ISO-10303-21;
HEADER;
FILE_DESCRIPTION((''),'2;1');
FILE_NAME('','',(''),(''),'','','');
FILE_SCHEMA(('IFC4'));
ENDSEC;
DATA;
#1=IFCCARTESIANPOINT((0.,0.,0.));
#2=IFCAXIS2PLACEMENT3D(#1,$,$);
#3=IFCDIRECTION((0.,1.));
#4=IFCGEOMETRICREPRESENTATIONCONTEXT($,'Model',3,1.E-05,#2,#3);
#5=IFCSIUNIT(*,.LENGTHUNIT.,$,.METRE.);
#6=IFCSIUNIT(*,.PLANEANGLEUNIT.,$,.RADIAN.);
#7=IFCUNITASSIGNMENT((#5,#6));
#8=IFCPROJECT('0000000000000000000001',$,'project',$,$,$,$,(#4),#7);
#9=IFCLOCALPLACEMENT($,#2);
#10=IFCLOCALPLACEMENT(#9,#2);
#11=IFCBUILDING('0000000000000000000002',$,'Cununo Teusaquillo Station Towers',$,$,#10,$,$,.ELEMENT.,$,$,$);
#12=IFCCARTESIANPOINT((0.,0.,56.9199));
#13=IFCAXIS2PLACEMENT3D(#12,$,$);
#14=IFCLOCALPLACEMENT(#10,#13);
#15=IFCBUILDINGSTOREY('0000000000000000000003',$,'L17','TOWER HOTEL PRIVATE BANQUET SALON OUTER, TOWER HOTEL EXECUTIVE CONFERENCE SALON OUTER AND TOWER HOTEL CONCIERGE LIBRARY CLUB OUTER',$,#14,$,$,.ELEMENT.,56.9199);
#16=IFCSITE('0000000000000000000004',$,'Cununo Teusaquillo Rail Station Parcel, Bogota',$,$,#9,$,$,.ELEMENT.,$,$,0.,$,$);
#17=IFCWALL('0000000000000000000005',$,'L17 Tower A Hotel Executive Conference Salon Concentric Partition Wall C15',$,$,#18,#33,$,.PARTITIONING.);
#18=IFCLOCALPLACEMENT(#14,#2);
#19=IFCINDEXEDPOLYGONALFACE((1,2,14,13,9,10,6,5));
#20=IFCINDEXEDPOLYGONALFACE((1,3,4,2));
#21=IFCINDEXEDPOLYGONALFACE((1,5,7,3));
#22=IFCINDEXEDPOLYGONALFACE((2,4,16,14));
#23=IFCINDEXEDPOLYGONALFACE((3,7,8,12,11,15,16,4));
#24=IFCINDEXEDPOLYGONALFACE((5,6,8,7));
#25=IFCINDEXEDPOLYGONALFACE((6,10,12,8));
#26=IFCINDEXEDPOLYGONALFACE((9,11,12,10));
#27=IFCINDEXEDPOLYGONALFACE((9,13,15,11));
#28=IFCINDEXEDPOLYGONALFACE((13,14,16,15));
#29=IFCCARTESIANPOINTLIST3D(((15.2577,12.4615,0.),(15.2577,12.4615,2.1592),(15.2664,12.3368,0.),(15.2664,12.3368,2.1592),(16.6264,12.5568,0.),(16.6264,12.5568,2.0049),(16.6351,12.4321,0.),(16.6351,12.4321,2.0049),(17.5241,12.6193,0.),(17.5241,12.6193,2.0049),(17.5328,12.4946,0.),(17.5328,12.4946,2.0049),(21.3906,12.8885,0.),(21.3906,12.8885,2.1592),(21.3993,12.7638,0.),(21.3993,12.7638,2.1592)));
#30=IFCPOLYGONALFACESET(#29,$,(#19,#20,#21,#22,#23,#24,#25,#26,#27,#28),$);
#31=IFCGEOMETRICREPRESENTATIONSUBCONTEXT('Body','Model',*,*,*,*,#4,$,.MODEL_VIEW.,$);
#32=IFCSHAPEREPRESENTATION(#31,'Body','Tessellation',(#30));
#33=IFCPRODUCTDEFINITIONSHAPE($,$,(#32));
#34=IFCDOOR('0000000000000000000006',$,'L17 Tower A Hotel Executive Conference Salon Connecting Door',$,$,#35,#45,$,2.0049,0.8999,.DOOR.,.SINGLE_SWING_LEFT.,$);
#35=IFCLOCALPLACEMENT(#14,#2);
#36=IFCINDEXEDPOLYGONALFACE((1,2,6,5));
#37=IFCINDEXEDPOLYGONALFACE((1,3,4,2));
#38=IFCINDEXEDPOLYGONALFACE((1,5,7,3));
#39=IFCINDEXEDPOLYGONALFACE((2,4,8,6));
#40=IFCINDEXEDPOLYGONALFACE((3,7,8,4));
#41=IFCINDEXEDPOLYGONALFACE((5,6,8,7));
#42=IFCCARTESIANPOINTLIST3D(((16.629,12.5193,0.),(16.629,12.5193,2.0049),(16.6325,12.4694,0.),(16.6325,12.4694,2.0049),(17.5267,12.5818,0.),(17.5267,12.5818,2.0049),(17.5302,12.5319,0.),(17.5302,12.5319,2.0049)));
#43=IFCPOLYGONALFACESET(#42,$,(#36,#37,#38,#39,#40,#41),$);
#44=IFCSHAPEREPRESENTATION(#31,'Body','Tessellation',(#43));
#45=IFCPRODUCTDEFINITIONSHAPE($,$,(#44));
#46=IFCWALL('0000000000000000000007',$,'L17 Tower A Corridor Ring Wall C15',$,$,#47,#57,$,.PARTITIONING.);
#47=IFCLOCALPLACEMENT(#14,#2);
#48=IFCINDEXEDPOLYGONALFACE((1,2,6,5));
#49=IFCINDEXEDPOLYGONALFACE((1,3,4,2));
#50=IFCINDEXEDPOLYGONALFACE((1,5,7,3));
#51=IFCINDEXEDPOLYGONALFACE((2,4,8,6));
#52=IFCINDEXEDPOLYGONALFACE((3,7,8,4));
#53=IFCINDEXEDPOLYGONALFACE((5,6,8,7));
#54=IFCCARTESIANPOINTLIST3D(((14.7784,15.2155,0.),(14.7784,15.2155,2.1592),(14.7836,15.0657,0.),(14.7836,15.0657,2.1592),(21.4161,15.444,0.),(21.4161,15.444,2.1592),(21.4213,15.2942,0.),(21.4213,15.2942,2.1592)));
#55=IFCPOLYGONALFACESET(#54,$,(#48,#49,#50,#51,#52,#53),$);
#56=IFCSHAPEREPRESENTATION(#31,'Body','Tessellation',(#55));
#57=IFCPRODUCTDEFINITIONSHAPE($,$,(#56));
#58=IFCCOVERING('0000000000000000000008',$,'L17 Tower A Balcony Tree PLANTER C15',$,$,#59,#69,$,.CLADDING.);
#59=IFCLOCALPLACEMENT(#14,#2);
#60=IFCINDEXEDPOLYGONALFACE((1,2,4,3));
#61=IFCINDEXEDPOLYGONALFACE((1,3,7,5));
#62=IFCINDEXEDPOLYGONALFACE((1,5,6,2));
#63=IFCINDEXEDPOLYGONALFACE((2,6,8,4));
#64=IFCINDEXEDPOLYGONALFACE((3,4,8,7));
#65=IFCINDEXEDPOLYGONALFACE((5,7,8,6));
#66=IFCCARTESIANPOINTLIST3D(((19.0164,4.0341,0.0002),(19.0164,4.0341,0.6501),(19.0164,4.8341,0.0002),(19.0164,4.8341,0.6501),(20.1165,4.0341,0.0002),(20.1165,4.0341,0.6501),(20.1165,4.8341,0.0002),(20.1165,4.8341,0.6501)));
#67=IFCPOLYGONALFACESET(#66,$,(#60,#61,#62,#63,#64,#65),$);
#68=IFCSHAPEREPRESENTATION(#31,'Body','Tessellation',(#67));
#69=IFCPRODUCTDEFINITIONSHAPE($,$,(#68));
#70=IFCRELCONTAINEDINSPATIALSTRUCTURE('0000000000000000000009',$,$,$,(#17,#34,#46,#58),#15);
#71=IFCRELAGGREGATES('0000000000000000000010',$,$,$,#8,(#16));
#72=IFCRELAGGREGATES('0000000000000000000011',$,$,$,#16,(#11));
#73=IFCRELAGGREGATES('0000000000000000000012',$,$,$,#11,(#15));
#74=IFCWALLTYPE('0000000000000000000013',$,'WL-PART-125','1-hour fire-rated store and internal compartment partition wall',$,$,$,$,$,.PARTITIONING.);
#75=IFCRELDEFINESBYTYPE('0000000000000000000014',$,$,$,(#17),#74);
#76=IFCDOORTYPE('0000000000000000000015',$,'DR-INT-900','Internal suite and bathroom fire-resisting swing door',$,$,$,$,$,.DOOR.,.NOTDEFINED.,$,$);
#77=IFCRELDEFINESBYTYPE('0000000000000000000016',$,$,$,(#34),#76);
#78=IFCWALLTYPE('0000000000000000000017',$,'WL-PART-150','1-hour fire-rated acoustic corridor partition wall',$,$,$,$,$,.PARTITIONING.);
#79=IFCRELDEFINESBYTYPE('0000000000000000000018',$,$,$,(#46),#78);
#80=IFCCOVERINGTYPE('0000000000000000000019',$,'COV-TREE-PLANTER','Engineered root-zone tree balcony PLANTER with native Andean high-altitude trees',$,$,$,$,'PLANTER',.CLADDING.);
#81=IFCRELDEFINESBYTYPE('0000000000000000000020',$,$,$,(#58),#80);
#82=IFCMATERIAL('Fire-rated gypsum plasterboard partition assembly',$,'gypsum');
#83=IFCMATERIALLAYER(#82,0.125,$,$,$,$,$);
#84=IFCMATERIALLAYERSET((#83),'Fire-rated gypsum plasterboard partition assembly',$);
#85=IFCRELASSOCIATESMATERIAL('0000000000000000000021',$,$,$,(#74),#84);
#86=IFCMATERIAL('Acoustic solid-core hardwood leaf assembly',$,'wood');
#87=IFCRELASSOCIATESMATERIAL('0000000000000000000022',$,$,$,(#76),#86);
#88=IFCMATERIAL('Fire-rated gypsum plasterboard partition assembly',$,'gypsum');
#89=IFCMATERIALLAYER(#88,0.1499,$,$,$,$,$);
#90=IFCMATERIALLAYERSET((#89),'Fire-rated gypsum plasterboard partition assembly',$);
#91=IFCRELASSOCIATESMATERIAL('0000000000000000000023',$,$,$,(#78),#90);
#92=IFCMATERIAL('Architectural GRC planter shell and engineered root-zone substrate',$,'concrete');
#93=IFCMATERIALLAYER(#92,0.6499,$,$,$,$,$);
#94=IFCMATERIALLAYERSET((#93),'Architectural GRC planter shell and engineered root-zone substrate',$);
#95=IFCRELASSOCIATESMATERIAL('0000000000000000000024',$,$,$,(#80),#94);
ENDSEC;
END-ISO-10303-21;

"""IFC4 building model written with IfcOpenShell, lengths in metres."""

from ifc_helpers import new_model, si_unit, direction, frame, frame_2d, origin, origin_2d, place, context, subcontext, project, spatial, rectangle, extrude, source, transform, mapped, material, layer, layer_set, type_object, element, fill, save


model = new_model("IFC4")

# Units and contexts
model_context = context("Model", 3, precision=1e-05, world=origin(), true_north=direction((0.0, 1.0)))
body_context = subcontext(model_context, "Body", "Model", "MODEL_VIEW")
ifc_project = project(units=[si_unit("LENGTHUNIT", "METRE"), si_unit("PLANEANGLEUNIT", "RADIAN")], contexts=[model_context])

# Site, building, storey
site_placement = place(None, origin())
site = spatial("IfcSite", under=ifc_project, at=site_placement, Name="Cununo Teusaquillo Rail Station Parcel, Bogota", CompositionType="ELEMENT", RefElevation=0.0)
building_placement = place(site_placement, origin())
building = spatial("IfcBuilding", under=site, at=building_placement, Name="Cununo Teusaquillo Station Towers", CompositionType="ELEMENT")
storey_placement = place(building_placement, frame((0.0, 0.0, 56.9199)))
storey = spatial("IfcBuildingStorey", under=building, at=storey_placement, Name="L17", Description="TOWER HOTEL PRIVATE BANQUET SALON OUTER, TOWER HOTEL EXECUTIVE CONFERENCE SALON OUTER AND TOWER HOTEL CONCIERGE LIBRARY CLUB OUTER", CompositionType="ELEMENT", Elevation=56.9199)

# Wall, opening, door
ifc_material_1 = material(Name="Fire-rated gypsum plasterboard partition assembly", Category="gypsum")
ifc_layer_1 = layer(ifc_material_1, 0.125)
ifc_layer_set_1 = layer_set([ifc_layer_1], Name="Fire-rated gypsum plasterboard partition assembly")
wall_type_1 = type_object("IfcWallType", Name="WL-PART-125", Description="1-hour fire-rated store and internal compartment partition wall", PredefinedType="PARTITIONING", material=ifc_layer_set_1)
wall_1_placement = place(storey_placement, frame((15.2622, 12.3992, 0.0), z_axis=(0.0, 0.0, 1.0), x_axis=(0.997585, 0.069458, 0.0)))
wall_1 = element("IfcWall", 1, at=wall_1_placement, inside=storey, type_object=wall_type_1, Name="L17 Tower A Hotel Executive Conference Salon Concentric Partition Wall C15", PredefinedType="PARTITIONING", context=body_context, shape_type="SweptSolid", body=[
    extrude(rectangle(XDim=6.1477, YDim=0.125, at=frame_2d((3.0737, 0.0))), origin(), (0.0, 0.0, 1.0), 2.1592),
])
shared_shape_1 = source(origin(), body_context, "Body", "SweptSolid", [
    extrude(rectangle(XDim=0.8999, YDim=2.0049, at=frame_2d((0.45, 1.0024))), frame((0.0, 0.0725, 0.0), z_axis=(0.0, -1.0, 0.0), x_axis=(1.0, 0.0, 0.0)), (0.0, 0.0, 1.0), 0.145),
])
opening_1_placement = place(wall_1_placement, frame((1.3718, 0.0, 0.0)))
opening_1 = element("IfcOpeningElement", 2, at=opening_1_placement, cuts=wall_1, PredefinedType="OPENING", context=body_context, shape_type="MappedRepresentation", body=[
    mapped(shared_shape_1, transform((0.0, 0.0, 0.0), x_axis=(1.0, 0.0, 0.0), y_axis=(0.0, 1.0, 0.0), z_axis=(0.0, 0.0, 1.0), scale=1.0)),
])
ifc_material_2 = material(Name="Acoustic solid-core hardwood leaf assembly", Category="wood")
door_type_1 = type_object("IfcDoorType", Name="DR-INT-900", Description="Internal suite and bathroom fire-resisting swing door", OperationType="NOTDEFINED", PredefinedType="DOOR", material=ifc_material_2)
shared_shape_2 = source(origin(), body_context, "Body", "SweptSolid", [
    extrude(rectangle(XDim=0.8999, YDim=2.0049, at=frame_2d((0.45, 1.0024))), frame((0.0, 0.0249, 0.0), z_axis=(0.0, -1.0, 0.0), x_axis=(1.0, 0.0, 0.0)), (0.0, 0.0, 1.0), 0.05),
])
door_1_placement = place(opening_1_placement, origin())
door_1 = element("IfcDoor", 3, at=door_1_placement, inside=storey, type_object=door_type_1, Name="L17 Tower A Hotel Executive Conference Salon Connecting Door", OperationType="SINGLE_SWING_LEFT", OverallHeight=2.0049, OverallWidth=0.8999, PredefinedType="DOOR", context=body_context, shape_type="MappedRepresentation", body=[
    mapped(shared_shape_2, transform((0.0, 0.0, 0.0), x_axis=(1.0, 0.0, 0.0), y_axis=(0.0, 1.0, 0.0), z_axis=(0.0, 0.0, 1.0), scale=1.0)),
])
fill(opening_1, door_1)

# Wall
ifc_material_3 = material(Name="Fire-rated gypsum plasterboard partition assembly", Category="gypsum")
ifc_layer_2 = layer(ifc_material_3, 0.1499)
ifc_layer_set_2 = layer_set([ifc_layer_2], Name="Fire-rated gypsum plasterboard partition assembly")
wall_type_2 = type_object("IfcWallType", Name="WL-PART-150", Description="1-hour fire-rated acoustic corridor partition wall", PredefinedType="PARTITIONING", material=ifc_layer_set_2)
wall_2_placement = place(storey_placement, frame((14.781, 15.1406, 0.0), z_axis=(0.0, 0.0, 1.0), x_axis=(0.999408, 0.034407, 0.0)))
element("IfcWall", 4, at=wall_2_placement, inside=storey, type_object=wall_type_2, Name="L17 Tower A Corridor Ring Wall C15", PredefinedType="PARTITIONING", context=body_context, shape_type="SweptSolid", body=[
    extrude(rectangle(XDim=6.6416, YDim=0.1499, at=frame_2d((3.3208, 0.0))), origin(), (0.0, 0.0, 1.0), 2.1592),
])

# Covering
ifc_material_4 = material(Name="Architectural GRC planter shell and engineered root-zone substrate", Category="concrete")
ifc_layer_3 = layer(ifc_material_4, 0.6499)
ifc_layer_set_3 = layer_set([ifc_layer_3], Name="Architectural GRC planter shell and engineered root-zone substrate")
covering_type = type_object("IfcCoveringType", Name="COV-TREE-PLANTER", Description="Engineered root-zone tree balcony PLANTER with native Andean high-altitude trees", ElementType="PLANTER", PredefinedType="CLADDING", material=ifc_layer_set_3)
shared_shape_3 = source(origin(), body_context, "Body", "SweptSolid", [
    extrude(rectangle(XDim=1.1001, YDim=0.8, at=origin_2d()), origin(), (0.0, 0.0, 1.0), 0.6499),
])
covering_placement = place(storey_placement, frame((19.5664, 4.4341, 0.0002), z_axis=(0.0, 0.0, 1.0), x_axis=(1.0, 0.0, 0.0)))
element("IfcCovering", 5, at=covering_placement, inside=storey, type_object=covering_type, Name="L17 Tower A Balcony Tree PLANTER C15", PredefinedType="CLADDING", context=body_context, shape_type="MappedRepresentation", body=[
    mapped(shared_shape_3, transform((0.0, 0.0, 0.0), x_axis=(1.0, 0.0, 0.0), y_axis=(0.0, 1.0, 0.0), z_axis=(0.0, 0.0, 1.0), scale=1.0)),
])

save(model, "model.ifc")
